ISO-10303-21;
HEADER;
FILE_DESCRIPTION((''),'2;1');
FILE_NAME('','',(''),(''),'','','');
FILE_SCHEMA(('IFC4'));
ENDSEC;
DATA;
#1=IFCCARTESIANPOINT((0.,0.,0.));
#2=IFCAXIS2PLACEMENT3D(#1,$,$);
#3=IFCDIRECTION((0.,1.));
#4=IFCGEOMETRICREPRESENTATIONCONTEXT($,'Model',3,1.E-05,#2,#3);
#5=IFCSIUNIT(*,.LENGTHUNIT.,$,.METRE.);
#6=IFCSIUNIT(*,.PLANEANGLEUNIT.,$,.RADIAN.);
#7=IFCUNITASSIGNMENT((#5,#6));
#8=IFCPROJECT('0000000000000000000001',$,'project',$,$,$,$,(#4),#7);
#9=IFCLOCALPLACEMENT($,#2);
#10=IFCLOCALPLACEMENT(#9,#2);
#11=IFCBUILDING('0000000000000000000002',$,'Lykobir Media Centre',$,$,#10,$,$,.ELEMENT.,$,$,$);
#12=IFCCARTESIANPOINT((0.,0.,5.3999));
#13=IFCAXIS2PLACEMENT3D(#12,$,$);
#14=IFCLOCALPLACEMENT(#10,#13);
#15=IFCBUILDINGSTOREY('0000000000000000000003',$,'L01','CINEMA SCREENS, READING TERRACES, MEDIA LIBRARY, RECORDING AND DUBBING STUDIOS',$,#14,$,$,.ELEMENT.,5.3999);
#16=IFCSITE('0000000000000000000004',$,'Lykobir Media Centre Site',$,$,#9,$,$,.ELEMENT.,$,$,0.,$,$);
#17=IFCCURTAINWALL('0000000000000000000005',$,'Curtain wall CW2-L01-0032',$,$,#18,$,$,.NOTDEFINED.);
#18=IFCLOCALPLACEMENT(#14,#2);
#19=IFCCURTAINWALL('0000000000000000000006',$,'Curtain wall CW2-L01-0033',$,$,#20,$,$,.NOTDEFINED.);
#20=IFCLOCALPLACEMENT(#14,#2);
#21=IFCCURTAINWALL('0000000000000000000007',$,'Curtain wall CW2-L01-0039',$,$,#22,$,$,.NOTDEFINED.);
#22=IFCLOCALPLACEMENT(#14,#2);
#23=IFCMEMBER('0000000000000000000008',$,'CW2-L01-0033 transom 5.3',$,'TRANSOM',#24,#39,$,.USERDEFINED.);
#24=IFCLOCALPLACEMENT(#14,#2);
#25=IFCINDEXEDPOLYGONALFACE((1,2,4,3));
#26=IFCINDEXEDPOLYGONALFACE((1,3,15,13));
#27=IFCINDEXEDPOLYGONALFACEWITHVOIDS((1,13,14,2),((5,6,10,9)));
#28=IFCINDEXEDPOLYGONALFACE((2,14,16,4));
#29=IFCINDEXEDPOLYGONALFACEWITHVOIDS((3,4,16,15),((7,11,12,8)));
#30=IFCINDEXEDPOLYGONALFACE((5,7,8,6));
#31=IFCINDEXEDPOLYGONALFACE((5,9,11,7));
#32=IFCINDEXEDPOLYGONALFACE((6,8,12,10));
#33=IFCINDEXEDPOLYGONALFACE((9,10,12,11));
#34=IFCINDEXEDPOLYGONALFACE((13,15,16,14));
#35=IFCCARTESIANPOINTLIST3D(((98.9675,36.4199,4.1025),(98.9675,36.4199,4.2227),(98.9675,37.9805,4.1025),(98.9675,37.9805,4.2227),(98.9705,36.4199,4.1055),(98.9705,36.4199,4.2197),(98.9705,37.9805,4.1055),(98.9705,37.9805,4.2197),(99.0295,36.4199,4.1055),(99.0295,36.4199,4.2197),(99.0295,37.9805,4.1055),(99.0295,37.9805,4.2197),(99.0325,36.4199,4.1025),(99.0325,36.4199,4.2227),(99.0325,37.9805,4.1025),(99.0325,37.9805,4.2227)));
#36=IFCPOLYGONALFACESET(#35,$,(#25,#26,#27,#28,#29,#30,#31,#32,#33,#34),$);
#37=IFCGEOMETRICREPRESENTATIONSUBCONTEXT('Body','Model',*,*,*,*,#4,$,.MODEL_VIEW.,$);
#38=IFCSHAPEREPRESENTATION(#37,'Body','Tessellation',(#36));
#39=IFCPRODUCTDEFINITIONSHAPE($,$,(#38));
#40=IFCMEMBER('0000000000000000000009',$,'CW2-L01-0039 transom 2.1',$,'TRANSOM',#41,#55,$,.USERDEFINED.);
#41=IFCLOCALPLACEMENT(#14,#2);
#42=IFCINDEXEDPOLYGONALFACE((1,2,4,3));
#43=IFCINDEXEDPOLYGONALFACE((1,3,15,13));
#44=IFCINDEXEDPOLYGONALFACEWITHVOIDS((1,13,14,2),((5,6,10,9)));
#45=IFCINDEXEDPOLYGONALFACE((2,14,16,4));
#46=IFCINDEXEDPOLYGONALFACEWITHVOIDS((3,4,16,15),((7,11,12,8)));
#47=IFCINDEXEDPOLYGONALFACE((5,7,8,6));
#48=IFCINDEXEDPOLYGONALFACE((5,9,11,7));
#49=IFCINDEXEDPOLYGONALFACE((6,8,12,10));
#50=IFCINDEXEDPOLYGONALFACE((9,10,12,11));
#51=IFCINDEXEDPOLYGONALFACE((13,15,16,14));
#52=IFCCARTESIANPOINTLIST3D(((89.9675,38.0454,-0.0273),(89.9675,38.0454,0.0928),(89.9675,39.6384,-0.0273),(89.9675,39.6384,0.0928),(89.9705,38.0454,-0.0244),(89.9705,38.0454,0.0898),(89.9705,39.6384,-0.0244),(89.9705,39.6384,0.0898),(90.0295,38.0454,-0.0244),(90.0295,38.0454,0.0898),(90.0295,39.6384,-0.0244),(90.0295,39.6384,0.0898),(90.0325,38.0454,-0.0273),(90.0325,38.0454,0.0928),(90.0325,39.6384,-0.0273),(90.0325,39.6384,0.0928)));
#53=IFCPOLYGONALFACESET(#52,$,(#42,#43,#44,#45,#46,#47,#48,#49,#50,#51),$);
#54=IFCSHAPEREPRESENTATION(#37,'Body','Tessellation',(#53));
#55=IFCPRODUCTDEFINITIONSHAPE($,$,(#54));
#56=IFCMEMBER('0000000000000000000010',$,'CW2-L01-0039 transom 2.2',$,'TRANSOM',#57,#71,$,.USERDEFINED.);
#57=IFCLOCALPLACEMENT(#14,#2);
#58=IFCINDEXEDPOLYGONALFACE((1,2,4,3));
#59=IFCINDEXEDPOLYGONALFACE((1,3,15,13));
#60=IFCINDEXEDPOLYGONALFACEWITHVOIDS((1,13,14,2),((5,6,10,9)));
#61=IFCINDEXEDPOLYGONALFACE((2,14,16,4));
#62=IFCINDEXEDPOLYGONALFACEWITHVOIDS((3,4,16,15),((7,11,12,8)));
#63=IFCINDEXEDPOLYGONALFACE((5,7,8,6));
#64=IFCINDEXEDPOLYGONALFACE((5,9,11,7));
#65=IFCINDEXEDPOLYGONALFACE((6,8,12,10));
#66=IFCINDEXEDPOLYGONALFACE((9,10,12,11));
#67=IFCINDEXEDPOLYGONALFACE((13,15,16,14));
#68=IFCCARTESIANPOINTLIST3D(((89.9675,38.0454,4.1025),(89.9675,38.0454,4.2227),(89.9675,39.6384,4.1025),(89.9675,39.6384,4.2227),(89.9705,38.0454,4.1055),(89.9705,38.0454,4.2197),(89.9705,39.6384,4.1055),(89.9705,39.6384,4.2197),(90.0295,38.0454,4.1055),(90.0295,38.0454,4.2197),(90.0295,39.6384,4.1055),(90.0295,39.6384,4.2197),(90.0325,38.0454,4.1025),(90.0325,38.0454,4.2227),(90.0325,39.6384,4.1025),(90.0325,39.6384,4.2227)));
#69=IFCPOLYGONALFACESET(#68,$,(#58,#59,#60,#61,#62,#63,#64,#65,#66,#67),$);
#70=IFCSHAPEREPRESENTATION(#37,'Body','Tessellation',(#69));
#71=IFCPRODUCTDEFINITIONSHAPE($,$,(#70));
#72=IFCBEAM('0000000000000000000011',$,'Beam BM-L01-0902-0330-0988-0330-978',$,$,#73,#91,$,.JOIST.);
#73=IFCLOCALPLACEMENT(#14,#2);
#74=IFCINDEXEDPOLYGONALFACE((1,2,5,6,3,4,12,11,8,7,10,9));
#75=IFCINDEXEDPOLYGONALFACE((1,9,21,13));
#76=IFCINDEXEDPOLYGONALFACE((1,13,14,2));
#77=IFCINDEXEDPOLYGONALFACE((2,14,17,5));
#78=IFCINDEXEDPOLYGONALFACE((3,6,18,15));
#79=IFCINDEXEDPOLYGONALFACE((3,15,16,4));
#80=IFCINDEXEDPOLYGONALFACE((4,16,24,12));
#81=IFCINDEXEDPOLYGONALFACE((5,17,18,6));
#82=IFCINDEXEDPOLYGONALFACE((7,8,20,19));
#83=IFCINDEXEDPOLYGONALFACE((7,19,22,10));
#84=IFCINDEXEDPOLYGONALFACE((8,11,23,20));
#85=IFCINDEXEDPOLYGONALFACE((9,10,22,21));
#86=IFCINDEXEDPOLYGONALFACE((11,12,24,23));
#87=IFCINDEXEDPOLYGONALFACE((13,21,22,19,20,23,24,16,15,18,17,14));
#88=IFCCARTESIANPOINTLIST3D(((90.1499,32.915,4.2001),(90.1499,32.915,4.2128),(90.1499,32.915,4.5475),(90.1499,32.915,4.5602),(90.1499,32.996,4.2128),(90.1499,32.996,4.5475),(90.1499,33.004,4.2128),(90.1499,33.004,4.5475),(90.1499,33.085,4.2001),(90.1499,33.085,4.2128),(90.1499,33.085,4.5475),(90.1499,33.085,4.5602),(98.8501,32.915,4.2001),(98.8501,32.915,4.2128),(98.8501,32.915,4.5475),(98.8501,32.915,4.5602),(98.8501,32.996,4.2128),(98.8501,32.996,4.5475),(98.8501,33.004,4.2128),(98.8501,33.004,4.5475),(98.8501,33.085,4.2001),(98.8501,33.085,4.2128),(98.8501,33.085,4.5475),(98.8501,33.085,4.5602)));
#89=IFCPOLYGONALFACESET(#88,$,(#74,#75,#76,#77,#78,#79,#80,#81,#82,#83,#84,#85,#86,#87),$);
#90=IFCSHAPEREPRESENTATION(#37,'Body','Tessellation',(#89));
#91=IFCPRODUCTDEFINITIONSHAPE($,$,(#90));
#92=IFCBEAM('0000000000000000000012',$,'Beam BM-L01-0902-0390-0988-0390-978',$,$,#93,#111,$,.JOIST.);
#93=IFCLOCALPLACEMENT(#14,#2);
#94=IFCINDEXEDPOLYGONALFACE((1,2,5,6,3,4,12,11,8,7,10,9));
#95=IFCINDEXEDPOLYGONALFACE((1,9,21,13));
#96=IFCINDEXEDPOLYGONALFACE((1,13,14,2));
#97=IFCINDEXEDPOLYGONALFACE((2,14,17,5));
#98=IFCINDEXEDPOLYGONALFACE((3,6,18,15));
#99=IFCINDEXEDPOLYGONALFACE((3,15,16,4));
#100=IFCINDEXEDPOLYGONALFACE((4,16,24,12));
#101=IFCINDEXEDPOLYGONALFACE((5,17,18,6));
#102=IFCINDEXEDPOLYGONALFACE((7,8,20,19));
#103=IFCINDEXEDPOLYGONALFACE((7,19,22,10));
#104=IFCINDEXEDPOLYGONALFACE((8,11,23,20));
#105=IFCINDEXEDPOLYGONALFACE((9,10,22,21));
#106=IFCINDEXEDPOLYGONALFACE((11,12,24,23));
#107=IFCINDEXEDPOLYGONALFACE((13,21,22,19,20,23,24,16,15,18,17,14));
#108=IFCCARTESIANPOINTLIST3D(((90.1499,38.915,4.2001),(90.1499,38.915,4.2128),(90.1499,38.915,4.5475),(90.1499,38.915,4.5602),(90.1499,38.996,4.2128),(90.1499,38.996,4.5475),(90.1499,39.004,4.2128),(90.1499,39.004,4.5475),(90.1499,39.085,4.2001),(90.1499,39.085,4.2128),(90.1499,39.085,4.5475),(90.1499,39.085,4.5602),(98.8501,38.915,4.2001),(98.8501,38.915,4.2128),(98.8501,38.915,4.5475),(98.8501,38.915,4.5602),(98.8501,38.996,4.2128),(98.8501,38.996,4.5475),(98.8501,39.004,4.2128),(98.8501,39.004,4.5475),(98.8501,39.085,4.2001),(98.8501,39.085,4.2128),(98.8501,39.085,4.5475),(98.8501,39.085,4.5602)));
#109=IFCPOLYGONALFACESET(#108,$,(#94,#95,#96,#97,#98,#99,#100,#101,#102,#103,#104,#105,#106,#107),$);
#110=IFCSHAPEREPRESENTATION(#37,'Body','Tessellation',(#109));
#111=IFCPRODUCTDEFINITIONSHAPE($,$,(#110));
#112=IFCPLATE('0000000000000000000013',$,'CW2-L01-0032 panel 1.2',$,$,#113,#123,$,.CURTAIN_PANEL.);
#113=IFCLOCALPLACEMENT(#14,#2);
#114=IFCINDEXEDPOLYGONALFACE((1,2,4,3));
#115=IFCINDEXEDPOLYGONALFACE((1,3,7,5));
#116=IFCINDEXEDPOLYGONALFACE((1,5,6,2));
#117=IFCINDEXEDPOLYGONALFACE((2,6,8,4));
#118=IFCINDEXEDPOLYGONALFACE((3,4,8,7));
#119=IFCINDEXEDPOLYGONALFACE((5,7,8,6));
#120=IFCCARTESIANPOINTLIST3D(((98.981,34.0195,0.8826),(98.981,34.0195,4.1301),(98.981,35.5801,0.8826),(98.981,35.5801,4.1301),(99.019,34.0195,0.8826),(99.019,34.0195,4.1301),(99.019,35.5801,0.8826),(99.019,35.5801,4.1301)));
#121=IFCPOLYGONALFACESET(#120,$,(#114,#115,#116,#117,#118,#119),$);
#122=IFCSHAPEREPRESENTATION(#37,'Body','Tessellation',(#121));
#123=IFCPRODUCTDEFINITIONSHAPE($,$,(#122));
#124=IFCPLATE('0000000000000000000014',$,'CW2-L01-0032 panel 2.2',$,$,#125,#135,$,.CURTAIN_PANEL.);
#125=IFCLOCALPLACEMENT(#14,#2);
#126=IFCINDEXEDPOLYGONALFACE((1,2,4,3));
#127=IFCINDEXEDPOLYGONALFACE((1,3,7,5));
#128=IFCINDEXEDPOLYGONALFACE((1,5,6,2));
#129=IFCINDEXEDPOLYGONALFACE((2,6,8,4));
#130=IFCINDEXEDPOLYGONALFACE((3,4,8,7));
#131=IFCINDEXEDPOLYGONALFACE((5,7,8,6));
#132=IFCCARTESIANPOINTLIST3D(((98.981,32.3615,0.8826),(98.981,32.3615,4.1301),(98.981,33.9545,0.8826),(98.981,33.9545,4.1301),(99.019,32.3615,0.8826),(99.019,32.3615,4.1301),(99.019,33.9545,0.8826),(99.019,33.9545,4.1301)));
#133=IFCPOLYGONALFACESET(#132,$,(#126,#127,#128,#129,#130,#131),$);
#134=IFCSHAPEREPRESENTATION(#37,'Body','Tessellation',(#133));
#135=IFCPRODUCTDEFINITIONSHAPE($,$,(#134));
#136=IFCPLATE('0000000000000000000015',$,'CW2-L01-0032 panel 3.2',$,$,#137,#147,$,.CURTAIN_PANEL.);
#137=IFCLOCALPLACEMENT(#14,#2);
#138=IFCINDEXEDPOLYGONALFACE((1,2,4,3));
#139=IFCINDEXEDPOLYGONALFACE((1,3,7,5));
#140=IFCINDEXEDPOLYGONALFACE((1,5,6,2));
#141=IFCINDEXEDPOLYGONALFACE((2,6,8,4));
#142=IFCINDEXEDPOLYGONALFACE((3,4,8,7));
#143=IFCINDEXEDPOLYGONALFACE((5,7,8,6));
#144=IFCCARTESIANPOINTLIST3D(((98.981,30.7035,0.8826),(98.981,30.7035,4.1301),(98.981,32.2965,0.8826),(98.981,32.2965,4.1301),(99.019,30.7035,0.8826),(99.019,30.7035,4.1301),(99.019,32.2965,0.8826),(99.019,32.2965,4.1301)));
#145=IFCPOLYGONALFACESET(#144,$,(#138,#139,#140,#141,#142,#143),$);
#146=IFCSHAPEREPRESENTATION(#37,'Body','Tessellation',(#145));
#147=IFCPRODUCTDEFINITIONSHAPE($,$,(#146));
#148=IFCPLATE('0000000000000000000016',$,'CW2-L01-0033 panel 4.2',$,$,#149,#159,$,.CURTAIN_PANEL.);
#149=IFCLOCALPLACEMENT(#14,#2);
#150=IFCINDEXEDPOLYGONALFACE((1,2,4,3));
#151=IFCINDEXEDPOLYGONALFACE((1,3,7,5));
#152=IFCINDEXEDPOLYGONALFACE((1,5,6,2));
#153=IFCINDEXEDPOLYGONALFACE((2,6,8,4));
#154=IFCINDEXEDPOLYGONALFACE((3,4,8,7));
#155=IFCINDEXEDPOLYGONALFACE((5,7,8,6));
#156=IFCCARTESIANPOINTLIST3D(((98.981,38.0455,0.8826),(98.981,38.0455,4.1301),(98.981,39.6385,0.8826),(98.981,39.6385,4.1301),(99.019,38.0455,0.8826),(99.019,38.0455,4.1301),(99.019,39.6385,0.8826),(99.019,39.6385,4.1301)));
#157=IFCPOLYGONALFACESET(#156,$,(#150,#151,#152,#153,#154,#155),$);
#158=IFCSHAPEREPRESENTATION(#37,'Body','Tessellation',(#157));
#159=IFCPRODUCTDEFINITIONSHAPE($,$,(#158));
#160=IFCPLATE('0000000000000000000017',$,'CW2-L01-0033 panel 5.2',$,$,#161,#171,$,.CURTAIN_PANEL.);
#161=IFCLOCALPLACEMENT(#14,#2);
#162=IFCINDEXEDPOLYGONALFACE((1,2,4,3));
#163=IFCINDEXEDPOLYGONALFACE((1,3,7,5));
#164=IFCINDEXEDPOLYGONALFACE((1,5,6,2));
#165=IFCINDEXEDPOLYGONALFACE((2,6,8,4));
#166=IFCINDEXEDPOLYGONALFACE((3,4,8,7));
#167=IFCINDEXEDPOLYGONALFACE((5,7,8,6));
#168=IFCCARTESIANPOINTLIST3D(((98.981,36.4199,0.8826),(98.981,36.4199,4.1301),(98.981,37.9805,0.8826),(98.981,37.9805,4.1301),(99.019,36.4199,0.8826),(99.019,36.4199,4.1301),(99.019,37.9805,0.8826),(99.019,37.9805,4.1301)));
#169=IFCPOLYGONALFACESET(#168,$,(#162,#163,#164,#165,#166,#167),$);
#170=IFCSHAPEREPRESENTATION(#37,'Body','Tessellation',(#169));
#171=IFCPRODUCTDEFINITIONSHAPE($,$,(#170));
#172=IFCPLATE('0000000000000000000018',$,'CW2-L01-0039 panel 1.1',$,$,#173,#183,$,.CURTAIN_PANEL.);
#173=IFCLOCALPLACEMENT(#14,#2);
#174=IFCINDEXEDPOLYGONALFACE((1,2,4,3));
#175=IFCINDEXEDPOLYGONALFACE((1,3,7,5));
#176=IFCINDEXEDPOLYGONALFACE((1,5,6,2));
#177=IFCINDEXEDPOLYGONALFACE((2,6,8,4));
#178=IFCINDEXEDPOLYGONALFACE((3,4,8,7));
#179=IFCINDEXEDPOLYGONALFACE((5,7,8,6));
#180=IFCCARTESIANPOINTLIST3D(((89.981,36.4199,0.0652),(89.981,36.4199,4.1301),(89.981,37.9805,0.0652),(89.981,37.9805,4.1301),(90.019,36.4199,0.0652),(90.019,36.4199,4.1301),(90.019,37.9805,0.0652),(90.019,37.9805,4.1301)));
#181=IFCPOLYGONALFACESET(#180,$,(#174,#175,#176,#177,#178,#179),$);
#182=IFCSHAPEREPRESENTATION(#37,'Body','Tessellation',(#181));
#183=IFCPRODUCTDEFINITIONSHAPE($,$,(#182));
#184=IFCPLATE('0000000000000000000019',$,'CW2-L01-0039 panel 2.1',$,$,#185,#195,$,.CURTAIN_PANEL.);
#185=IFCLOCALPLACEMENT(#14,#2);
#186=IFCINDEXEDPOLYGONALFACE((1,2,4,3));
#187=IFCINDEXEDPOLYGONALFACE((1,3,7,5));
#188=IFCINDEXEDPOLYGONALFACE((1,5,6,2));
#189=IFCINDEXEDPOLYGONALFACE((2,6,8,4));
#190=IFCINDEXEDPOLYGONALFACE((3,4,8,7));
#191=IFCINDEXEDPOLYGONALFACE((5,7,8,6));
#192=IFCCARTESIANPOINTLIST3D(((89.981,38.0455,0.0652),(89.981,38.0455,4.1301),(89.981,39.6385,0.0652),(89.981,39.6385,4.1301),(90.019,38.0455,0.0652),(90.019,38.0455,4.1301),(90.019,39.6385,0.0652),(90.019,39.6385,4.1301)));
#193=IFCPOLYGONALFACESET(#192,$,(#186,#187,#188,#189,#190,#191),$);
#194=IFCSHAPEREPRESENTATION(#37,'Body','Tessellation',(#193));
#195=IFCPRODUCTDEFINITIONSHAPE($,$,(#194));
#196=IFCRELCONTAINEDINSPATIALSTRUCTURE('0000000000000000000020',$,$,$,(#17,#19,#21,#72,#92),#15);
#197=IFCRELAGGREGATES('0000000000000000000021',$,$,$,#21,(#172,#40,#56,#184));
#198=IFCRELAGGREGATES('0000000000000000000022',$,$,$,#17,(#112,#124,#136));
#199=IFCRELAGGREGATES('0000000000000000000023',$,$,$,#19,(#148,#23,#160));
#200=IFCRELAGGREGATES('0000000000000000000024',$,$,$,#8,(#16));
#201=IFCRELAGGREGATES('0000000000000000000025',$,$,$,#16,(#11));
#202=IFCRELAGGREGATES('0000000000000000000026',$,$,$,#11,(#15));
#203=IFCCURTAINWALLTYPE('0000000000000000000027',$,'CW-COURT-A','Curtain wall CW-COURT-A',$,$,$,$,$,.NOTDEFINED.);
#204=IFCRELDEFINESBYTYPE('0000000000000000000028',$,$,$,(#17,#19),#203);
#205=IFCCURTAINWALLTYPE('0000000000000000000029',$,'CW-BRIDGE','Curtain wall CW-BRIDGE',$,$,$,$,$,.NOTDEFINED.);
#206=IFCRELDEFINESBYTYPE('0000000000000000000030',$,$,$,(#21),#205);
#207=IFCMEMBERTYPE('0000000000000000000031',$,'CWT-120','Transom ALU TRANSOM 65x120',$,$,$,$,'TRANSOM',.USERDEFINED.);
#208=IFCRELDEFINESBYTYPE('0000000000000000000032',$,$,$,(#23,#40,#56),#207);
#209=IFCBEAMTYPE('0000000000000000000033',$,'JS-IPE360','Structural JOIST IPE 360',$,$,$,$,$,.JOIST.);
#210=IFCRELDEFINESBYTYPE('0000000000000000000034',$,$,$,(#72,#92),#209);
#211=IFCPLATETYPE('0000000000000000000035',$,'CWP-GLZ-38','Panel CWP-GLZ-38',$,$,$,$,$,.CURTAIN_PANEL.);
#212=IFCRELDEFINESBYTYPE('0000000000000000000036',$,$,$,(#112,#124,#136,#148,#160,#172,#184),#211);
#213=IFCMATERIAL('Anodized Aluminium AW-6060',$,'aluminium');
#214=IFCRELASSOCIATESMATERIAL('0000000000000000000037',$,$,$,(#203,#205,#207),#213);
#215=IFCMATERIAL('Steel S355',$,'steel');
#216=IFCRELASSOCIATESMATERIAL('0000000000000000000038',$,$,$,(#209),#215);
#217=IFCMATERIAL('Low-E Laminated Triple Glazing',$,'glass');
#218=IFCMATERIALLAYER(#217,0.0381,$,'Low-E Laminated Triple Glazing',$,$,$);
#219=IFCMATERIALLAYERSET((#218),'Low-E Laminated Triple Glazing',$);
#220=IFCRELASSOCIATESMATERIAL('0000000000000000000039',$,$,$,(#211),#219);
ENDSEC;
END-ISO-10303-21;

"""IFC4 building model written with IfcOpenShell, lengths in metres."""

from ifc_helpers import new_model, si_unit, direction, frame, origin, origin_2d, place, context, subcontext, project, spatial, rectangle, hollow_rectangle, i_section, extrude, material, layer, layer_set, material_profile, profile_set, type_object, element, aggregate, save


model = new_model("IFC4")

# Units and contexts
model_context = context("Model", 3, precision=1e-05, world=origin(), true_north=direction((0.0, 1.0)))
body_context = subcontext(model_context, "Body", "Model", "MODEL_VIEW")
ifc_project = project(units=[si_unit("LENGTHUNIT", "METRE"), si_unit("PLANEANGLEUNIT", "RADIAN")], contexts=[model_context])

# Site, building, storey
site_placement = place(None, origin())
site = spatial("IfcSite", under=ifc_project, at=site_placement, Name="Lykobir Media Centre Site", CompositionType="ELEMENT", RefElevation=0.0)
building_placement = place(site_placement, origin())
building = spatial("IfcBuilding", under=site, at=building_placement, Name="Lykobir Media Centre", CompositionType="ELEMENT")
storey_placement = place(building_placement, frame((0.0, 0.0, 5.3999)))
storey = spatial("IfcBuildingStorey", under=building, at=storey_placement, Name="L01", Description="CINEMA SCREENS, READING TERRACES, MEDIA LIBRARY, RECORDING AND DUBBING STUDIOS", CompositionType="ELEMENT", Elevation=5.3999)

# Shared definitions
ifc_material_1 = material(Name="Steel S355", Category="steel")

# Curtain walls
ifc_material_2 = material(Name="Anodized Aluminium AW-6060", Category="aluminium")
curtain_wall_type_1 = type_object("IfcCurtainWallType", Name="CW-COURT-A", Description="Curtain wall CW-COURT-A", PredefinedType="NOTDEFINED", material=ifc_material_2)
curtain_wall_1_placement = place(storey_placement, origin())
curtain_wall_1 = element("IfcCurtainWall", 1, at=curtain_wall_1_placement, inside=storey, type_object=curtain_wall_type_1, Name="Curtain wall CW2-L01-0032", PredefinedType="NOTDEFINED")
curtain_wall_2_placement = place(storey_placement, origin())
curtain_wall_2 = element("IfcCurtainWall", 2, at=curtain_wall_2_placement, inside=storey, type_object=curtain_wall_type_1, Name="Curtain wall CW2-L01-0033", PredefinedType="NOTDEFINED")

# Curtain wall
curtain_wall_type_2 = type_object("IfcCurtainWallType", Name="CW-BRIDGE", Description="Curtain wall CW-BRIDGE", PredefinedType="NOTDEFINED", material=ifc_material_2)
curtain_wall_3_placement = place(storey_placement, origin())
curtain_wall_3 = element("IfcCurtainWall", 3, at=curtain_wall_3_placement, inside=storey, type_object=curtain_wall_type_2, Name="Curtain wall CW2-L01-0039", PredefinedType="NOTDEFINED")

# Members
ifc_material_profile_1 = material_profile(ifc_material_2, hollow_rectangle(XDim=0.0649, YDim=0.1201, WallThickness=0.0029, at=origin_2d()), Name="ALU TRANSOM 65x120")
ifc_profile_set_1 = profile_set([ifc_material_profile_1], Name="Anodized Aluminium AW-6060")
member_type_1 = type_object("IfcMemberType", Name="CWT-120", Description="Transom ALU TRANSOM 65x120", ElementType="TRANSOM", PredefinedType="USERDEFINED", material=ifc_profile_set_1)
member_1_placement = place(storey_placement, frame((99.0, 37.9805, 4.1626), z_axis=(0.0, -1.0, 0.0), x_axis=(1.0, 0.0, 0.0)))
member_1 = element("IfcMember", 4, at=member_1_placement, type_object=member_type_1, Name="CW2-L01-0033 transom 5.3", ObjectType="TRANSOM", PredefinedType="USERDEFINED", context=body_context, shape_type="SweptSolid", body=[
    extrude(hollow_rectangle(XDim=0.0649, YDim=0.1201, WallThickness=0.0029, at=origin_2d()), origin(), (0.0, 0.0, 1.0), 1.5605),
])
member_2_placement = place(storey_placement, frame((90.0, 38.0454, 0.0327), z_axis=(0.0, 1.0, 0.0), x_axis=(-1.0, 0.0, 0.0)))
member_2 = element("IfcMember", 5, at=member_2_placement, type_object=member_type_1, Name="CW2-L01-0039 transom 2.1", ObjectType="TRANSOM", PredefinedType="USERDEFINED", context=body_context, shape_type="SweptSolid", body=[
    extrude(hollow_rectangle(XDim=0.0649, YDim=0.1201, WallThickness=0.0029, at=origin_2d()), origin(), (0.0, 0.0, 1.0), 1.593),
])
member_3_placement = place(storey_placement, frame((90.0, 38.0454, 4.1626), z_axis=(0.0, 1.0, 0.0), x_axis=(-1.0, 0.0, 0.0)))
member_3 = element("IfcMember", 6, at=member_3_placement, type_object=member_type_1, Name="CW2-L01-0039 transom 2.2", ObjectType="TRANSOM", PredefinedType="USERDEFINED", context=body_context, shape_type="SweptSolid", body=[
    extrude(hollow_rectangle(XDim=0.0649, YDim=0.1201, WallThickness=0.0029, at=origin_2d()), origin(), (0.0, 0.0, 1.0), 1.593),
])

# Beams
ifc_material_profile_2 = material_profile(ifc_material_1, i_section(OverallWidth=0.1699, OverallDepth=0.3601, WebThickness=0.0081, FlangeThickness=0.0127, at=origin_2d()), Name="IPE 360")
ifc_profile_set_2 = profile_set([ifc_material_profile_2], Name="Steel S355")
beam_type_1 = type_object("IfcBeamType", Name="JS-IPE360", Description="Structural JOIST IPE 360", PredefinedType="JOIST", material=ifc_profile_set_2)
for number, where, z_axis, x_axis, name in (
    (7, (90.1499, 33.0, 4.3801), (1.0, 0.0, 0.0), (0.0, 1.0, 0.0), "Beam BM-L01-0902-0330-0988-0330-978"),
    (8, (90.1499, 39.0, 4.3801), (1.0, 0.0, 0.0), (0.0, 1.0, 0.0), "Beam BM-L01-0902-0390-0988-0390-978"),
):
    element("IfcBeam", number, at=place(storey_placement, frame(where, z_axis=z_axis, x_axis=x_axis)), inside=storey, type_object=beam_type_1, Name=name, PredefinedType="JOIST", context=body_context, shape_type="SweptSolid", body=[
        extrude(i_section(OverallWidth=0.1699, OverallDepth=0.3601, WebThickness=0.0081, FlangeThickness=0.0127, at=origin_2d()), origin(), (0.0, 0.0, 1.0), 8.7002),
    ])

# Plates
ifc_material_3 = material(Name="Low-E Laminated Triple Glazing", Category="glass")
ifc_layer_1 = layer(ifc_material_3, 0.0381, Name="Low-E Laminated Triple Glazing")
ifc_layer_set_1 = layer_set([ifc_layer_1], Name="Low-E Laminated Triple Glazing")
plate_type_1 = type_object("IfcPlateType", Name="CWP-GLZ-38", Description="Panel CWP-GLZ-38", PredefinedType="CURTAIN_PANEL", material=ifc_layer_set_1)
plate_1_placement = place(storey_placement, frame((99.0, 34.7998, 0.8826), z_axis=(0.0, 0.0, 1.0), x_axis=(0.0, -1.0, 0.0)))
plate_1 = element("IfcPlate", 9, at=plate_1_placement, type_object=plate_type_1, Name="CW2-L01-0032 panel 1.2", PredefinedType="CURTAIN_PANEL", context=body_context, shape_type="SweptSolid", body=[
    extrude(rectangle(XDim=1.5605, YDim=0.0381, at=origin_2d()), origin(), (0.0, 0.0, 1.0), 3.2476),
])
plate_2_placement = place(storey_placement, frame((99.0, 33.158, 0.8826), z_axis=(0.0, 0.0, 1.0), x_axis=(0.0, -1.0, 0.0)))
plate_2 = element("IfcPlate", 10, at=plate_2_placement, type_object=plate_type_1, Name="CW2-L01-0032 panel 2.2", PredefinedType="CURTAIN_PANEL", context=body_context, shape_type="SweptSolid", body=[
    extrude(rectangle(XDim=1.593, YDim=0.0381, at=origin_2d()), origin(), (0.0, 0.0, 1.0), 3.2476),
])
plate_3_placement = place(storey_placement, frame((99.0, 31.5, 0.8826), z_axis=(0.0, 0.0, 1.0), x_axis=(0.0, -1.0, 0.0)))
plate_3 = element("IfcPlate", 11, at=plate_3_placement, type_object=plate_type_1, Name="CW2-L01-0032 panel 3.2", PredefinedType="CURTAIN_PANEL", context=body_context, shape_type="SweptSolid", body=[
    extrude(rectangle(XDim=1.593, YDim=0.0381, at=origin_2d()), origin(), (0.0, 0.0, 1.0), 3.2476),
])
plate_4_placement = place(storey_placement, frame((99.0, 38.842, 0.8826), z_axis=(0.0, 0.0, 1.0), x_axis=(0.0, -1.0, 0.0)))
plate_4 = element("IfcPlate", 12, at=plate_4_placement, type_object=plate_type_1, Name="CW2-L01-0033 panel 4.2", PredefinedType="CURTAIN_PANEL", context=body_context, shape_type="SweptSolid", body=[
    extrude(rectangle(XDim=1.593, YDim=0.0381, at=origin_2d()), origin(), (0.0, 0.0, 1.0), 3.2476),
])
plate_5_placement = place(storey_placement, frame((99.0, 37.2002, 0.8826), z_axis=(0.0, 0.0, 1.0), x_axis=(0.0, -1.0, 0.0)))
plate_5 = element("IfcPlate", 13, at=plate_5_placement, type_object=plate_type_1, Name="CW2-L01-0033 panel 5.2", PredefinedType="CURTAIN_PANEL", context=body_context, shape_type="SweptSolid", body=[
    extrude(rectangle(XDim=1.5605, YDim=0.0381, at=origin_2d()), origin(), (0.0, 0.0, 1.0), 3.2476),
])
plate_6_placement = place(storey_placement, frame((90.0, 37.2002, 0.0652), z_axis=(0.0, 0.0, 1.0), x_axis=(0.0, 1.0, 0.0)))
plate_6 = element("IfcPlate", 14, at=plate_6_placement, type_object=plate_type_1, Name="CW2-L01-0039 panel 1.1", PredefinedType="CURTAIN_PANEL", context=body_context, shape_type="SweptSolid", body=[
    extrude(rectangle(XDim=1.5605, YDim=0.0381, at=origin_2d()), origin(), (0.0, 0.0, 1.0), 4.0649),
])
plate_7_placement = place(storey_placement, frame((90.0, 38.842, 0.0652), z_axis=(0.0, 0.0, 1.0), x_axis=(0.0, 1.0, 0.0)))
plate_7 = element("IfcPlate", 15, at=plate_7_placement, type_object=plate_type_1, Name="CW2-L01-0039 panel 2.1", PredefinedType="CURTAIN_PANEL", context=body_context, shape_type="SweptSolid", body=[
    extrude(rectangle(XDim=1.593, YDim=0.0381, at=origin_2d()), origin(), (0.0, 0.0, 1.0), 4.0649),
])
aggregate(curtain_wall_3, [plate_6, member_2, member_3, plate_7])
aggregate(curtain_wall_1, [plate_1, plate_2, plate_3])
aggregate(curtain_wall_2, [plate_4, member_1, plate_5])

save(model, "model.ifc")
